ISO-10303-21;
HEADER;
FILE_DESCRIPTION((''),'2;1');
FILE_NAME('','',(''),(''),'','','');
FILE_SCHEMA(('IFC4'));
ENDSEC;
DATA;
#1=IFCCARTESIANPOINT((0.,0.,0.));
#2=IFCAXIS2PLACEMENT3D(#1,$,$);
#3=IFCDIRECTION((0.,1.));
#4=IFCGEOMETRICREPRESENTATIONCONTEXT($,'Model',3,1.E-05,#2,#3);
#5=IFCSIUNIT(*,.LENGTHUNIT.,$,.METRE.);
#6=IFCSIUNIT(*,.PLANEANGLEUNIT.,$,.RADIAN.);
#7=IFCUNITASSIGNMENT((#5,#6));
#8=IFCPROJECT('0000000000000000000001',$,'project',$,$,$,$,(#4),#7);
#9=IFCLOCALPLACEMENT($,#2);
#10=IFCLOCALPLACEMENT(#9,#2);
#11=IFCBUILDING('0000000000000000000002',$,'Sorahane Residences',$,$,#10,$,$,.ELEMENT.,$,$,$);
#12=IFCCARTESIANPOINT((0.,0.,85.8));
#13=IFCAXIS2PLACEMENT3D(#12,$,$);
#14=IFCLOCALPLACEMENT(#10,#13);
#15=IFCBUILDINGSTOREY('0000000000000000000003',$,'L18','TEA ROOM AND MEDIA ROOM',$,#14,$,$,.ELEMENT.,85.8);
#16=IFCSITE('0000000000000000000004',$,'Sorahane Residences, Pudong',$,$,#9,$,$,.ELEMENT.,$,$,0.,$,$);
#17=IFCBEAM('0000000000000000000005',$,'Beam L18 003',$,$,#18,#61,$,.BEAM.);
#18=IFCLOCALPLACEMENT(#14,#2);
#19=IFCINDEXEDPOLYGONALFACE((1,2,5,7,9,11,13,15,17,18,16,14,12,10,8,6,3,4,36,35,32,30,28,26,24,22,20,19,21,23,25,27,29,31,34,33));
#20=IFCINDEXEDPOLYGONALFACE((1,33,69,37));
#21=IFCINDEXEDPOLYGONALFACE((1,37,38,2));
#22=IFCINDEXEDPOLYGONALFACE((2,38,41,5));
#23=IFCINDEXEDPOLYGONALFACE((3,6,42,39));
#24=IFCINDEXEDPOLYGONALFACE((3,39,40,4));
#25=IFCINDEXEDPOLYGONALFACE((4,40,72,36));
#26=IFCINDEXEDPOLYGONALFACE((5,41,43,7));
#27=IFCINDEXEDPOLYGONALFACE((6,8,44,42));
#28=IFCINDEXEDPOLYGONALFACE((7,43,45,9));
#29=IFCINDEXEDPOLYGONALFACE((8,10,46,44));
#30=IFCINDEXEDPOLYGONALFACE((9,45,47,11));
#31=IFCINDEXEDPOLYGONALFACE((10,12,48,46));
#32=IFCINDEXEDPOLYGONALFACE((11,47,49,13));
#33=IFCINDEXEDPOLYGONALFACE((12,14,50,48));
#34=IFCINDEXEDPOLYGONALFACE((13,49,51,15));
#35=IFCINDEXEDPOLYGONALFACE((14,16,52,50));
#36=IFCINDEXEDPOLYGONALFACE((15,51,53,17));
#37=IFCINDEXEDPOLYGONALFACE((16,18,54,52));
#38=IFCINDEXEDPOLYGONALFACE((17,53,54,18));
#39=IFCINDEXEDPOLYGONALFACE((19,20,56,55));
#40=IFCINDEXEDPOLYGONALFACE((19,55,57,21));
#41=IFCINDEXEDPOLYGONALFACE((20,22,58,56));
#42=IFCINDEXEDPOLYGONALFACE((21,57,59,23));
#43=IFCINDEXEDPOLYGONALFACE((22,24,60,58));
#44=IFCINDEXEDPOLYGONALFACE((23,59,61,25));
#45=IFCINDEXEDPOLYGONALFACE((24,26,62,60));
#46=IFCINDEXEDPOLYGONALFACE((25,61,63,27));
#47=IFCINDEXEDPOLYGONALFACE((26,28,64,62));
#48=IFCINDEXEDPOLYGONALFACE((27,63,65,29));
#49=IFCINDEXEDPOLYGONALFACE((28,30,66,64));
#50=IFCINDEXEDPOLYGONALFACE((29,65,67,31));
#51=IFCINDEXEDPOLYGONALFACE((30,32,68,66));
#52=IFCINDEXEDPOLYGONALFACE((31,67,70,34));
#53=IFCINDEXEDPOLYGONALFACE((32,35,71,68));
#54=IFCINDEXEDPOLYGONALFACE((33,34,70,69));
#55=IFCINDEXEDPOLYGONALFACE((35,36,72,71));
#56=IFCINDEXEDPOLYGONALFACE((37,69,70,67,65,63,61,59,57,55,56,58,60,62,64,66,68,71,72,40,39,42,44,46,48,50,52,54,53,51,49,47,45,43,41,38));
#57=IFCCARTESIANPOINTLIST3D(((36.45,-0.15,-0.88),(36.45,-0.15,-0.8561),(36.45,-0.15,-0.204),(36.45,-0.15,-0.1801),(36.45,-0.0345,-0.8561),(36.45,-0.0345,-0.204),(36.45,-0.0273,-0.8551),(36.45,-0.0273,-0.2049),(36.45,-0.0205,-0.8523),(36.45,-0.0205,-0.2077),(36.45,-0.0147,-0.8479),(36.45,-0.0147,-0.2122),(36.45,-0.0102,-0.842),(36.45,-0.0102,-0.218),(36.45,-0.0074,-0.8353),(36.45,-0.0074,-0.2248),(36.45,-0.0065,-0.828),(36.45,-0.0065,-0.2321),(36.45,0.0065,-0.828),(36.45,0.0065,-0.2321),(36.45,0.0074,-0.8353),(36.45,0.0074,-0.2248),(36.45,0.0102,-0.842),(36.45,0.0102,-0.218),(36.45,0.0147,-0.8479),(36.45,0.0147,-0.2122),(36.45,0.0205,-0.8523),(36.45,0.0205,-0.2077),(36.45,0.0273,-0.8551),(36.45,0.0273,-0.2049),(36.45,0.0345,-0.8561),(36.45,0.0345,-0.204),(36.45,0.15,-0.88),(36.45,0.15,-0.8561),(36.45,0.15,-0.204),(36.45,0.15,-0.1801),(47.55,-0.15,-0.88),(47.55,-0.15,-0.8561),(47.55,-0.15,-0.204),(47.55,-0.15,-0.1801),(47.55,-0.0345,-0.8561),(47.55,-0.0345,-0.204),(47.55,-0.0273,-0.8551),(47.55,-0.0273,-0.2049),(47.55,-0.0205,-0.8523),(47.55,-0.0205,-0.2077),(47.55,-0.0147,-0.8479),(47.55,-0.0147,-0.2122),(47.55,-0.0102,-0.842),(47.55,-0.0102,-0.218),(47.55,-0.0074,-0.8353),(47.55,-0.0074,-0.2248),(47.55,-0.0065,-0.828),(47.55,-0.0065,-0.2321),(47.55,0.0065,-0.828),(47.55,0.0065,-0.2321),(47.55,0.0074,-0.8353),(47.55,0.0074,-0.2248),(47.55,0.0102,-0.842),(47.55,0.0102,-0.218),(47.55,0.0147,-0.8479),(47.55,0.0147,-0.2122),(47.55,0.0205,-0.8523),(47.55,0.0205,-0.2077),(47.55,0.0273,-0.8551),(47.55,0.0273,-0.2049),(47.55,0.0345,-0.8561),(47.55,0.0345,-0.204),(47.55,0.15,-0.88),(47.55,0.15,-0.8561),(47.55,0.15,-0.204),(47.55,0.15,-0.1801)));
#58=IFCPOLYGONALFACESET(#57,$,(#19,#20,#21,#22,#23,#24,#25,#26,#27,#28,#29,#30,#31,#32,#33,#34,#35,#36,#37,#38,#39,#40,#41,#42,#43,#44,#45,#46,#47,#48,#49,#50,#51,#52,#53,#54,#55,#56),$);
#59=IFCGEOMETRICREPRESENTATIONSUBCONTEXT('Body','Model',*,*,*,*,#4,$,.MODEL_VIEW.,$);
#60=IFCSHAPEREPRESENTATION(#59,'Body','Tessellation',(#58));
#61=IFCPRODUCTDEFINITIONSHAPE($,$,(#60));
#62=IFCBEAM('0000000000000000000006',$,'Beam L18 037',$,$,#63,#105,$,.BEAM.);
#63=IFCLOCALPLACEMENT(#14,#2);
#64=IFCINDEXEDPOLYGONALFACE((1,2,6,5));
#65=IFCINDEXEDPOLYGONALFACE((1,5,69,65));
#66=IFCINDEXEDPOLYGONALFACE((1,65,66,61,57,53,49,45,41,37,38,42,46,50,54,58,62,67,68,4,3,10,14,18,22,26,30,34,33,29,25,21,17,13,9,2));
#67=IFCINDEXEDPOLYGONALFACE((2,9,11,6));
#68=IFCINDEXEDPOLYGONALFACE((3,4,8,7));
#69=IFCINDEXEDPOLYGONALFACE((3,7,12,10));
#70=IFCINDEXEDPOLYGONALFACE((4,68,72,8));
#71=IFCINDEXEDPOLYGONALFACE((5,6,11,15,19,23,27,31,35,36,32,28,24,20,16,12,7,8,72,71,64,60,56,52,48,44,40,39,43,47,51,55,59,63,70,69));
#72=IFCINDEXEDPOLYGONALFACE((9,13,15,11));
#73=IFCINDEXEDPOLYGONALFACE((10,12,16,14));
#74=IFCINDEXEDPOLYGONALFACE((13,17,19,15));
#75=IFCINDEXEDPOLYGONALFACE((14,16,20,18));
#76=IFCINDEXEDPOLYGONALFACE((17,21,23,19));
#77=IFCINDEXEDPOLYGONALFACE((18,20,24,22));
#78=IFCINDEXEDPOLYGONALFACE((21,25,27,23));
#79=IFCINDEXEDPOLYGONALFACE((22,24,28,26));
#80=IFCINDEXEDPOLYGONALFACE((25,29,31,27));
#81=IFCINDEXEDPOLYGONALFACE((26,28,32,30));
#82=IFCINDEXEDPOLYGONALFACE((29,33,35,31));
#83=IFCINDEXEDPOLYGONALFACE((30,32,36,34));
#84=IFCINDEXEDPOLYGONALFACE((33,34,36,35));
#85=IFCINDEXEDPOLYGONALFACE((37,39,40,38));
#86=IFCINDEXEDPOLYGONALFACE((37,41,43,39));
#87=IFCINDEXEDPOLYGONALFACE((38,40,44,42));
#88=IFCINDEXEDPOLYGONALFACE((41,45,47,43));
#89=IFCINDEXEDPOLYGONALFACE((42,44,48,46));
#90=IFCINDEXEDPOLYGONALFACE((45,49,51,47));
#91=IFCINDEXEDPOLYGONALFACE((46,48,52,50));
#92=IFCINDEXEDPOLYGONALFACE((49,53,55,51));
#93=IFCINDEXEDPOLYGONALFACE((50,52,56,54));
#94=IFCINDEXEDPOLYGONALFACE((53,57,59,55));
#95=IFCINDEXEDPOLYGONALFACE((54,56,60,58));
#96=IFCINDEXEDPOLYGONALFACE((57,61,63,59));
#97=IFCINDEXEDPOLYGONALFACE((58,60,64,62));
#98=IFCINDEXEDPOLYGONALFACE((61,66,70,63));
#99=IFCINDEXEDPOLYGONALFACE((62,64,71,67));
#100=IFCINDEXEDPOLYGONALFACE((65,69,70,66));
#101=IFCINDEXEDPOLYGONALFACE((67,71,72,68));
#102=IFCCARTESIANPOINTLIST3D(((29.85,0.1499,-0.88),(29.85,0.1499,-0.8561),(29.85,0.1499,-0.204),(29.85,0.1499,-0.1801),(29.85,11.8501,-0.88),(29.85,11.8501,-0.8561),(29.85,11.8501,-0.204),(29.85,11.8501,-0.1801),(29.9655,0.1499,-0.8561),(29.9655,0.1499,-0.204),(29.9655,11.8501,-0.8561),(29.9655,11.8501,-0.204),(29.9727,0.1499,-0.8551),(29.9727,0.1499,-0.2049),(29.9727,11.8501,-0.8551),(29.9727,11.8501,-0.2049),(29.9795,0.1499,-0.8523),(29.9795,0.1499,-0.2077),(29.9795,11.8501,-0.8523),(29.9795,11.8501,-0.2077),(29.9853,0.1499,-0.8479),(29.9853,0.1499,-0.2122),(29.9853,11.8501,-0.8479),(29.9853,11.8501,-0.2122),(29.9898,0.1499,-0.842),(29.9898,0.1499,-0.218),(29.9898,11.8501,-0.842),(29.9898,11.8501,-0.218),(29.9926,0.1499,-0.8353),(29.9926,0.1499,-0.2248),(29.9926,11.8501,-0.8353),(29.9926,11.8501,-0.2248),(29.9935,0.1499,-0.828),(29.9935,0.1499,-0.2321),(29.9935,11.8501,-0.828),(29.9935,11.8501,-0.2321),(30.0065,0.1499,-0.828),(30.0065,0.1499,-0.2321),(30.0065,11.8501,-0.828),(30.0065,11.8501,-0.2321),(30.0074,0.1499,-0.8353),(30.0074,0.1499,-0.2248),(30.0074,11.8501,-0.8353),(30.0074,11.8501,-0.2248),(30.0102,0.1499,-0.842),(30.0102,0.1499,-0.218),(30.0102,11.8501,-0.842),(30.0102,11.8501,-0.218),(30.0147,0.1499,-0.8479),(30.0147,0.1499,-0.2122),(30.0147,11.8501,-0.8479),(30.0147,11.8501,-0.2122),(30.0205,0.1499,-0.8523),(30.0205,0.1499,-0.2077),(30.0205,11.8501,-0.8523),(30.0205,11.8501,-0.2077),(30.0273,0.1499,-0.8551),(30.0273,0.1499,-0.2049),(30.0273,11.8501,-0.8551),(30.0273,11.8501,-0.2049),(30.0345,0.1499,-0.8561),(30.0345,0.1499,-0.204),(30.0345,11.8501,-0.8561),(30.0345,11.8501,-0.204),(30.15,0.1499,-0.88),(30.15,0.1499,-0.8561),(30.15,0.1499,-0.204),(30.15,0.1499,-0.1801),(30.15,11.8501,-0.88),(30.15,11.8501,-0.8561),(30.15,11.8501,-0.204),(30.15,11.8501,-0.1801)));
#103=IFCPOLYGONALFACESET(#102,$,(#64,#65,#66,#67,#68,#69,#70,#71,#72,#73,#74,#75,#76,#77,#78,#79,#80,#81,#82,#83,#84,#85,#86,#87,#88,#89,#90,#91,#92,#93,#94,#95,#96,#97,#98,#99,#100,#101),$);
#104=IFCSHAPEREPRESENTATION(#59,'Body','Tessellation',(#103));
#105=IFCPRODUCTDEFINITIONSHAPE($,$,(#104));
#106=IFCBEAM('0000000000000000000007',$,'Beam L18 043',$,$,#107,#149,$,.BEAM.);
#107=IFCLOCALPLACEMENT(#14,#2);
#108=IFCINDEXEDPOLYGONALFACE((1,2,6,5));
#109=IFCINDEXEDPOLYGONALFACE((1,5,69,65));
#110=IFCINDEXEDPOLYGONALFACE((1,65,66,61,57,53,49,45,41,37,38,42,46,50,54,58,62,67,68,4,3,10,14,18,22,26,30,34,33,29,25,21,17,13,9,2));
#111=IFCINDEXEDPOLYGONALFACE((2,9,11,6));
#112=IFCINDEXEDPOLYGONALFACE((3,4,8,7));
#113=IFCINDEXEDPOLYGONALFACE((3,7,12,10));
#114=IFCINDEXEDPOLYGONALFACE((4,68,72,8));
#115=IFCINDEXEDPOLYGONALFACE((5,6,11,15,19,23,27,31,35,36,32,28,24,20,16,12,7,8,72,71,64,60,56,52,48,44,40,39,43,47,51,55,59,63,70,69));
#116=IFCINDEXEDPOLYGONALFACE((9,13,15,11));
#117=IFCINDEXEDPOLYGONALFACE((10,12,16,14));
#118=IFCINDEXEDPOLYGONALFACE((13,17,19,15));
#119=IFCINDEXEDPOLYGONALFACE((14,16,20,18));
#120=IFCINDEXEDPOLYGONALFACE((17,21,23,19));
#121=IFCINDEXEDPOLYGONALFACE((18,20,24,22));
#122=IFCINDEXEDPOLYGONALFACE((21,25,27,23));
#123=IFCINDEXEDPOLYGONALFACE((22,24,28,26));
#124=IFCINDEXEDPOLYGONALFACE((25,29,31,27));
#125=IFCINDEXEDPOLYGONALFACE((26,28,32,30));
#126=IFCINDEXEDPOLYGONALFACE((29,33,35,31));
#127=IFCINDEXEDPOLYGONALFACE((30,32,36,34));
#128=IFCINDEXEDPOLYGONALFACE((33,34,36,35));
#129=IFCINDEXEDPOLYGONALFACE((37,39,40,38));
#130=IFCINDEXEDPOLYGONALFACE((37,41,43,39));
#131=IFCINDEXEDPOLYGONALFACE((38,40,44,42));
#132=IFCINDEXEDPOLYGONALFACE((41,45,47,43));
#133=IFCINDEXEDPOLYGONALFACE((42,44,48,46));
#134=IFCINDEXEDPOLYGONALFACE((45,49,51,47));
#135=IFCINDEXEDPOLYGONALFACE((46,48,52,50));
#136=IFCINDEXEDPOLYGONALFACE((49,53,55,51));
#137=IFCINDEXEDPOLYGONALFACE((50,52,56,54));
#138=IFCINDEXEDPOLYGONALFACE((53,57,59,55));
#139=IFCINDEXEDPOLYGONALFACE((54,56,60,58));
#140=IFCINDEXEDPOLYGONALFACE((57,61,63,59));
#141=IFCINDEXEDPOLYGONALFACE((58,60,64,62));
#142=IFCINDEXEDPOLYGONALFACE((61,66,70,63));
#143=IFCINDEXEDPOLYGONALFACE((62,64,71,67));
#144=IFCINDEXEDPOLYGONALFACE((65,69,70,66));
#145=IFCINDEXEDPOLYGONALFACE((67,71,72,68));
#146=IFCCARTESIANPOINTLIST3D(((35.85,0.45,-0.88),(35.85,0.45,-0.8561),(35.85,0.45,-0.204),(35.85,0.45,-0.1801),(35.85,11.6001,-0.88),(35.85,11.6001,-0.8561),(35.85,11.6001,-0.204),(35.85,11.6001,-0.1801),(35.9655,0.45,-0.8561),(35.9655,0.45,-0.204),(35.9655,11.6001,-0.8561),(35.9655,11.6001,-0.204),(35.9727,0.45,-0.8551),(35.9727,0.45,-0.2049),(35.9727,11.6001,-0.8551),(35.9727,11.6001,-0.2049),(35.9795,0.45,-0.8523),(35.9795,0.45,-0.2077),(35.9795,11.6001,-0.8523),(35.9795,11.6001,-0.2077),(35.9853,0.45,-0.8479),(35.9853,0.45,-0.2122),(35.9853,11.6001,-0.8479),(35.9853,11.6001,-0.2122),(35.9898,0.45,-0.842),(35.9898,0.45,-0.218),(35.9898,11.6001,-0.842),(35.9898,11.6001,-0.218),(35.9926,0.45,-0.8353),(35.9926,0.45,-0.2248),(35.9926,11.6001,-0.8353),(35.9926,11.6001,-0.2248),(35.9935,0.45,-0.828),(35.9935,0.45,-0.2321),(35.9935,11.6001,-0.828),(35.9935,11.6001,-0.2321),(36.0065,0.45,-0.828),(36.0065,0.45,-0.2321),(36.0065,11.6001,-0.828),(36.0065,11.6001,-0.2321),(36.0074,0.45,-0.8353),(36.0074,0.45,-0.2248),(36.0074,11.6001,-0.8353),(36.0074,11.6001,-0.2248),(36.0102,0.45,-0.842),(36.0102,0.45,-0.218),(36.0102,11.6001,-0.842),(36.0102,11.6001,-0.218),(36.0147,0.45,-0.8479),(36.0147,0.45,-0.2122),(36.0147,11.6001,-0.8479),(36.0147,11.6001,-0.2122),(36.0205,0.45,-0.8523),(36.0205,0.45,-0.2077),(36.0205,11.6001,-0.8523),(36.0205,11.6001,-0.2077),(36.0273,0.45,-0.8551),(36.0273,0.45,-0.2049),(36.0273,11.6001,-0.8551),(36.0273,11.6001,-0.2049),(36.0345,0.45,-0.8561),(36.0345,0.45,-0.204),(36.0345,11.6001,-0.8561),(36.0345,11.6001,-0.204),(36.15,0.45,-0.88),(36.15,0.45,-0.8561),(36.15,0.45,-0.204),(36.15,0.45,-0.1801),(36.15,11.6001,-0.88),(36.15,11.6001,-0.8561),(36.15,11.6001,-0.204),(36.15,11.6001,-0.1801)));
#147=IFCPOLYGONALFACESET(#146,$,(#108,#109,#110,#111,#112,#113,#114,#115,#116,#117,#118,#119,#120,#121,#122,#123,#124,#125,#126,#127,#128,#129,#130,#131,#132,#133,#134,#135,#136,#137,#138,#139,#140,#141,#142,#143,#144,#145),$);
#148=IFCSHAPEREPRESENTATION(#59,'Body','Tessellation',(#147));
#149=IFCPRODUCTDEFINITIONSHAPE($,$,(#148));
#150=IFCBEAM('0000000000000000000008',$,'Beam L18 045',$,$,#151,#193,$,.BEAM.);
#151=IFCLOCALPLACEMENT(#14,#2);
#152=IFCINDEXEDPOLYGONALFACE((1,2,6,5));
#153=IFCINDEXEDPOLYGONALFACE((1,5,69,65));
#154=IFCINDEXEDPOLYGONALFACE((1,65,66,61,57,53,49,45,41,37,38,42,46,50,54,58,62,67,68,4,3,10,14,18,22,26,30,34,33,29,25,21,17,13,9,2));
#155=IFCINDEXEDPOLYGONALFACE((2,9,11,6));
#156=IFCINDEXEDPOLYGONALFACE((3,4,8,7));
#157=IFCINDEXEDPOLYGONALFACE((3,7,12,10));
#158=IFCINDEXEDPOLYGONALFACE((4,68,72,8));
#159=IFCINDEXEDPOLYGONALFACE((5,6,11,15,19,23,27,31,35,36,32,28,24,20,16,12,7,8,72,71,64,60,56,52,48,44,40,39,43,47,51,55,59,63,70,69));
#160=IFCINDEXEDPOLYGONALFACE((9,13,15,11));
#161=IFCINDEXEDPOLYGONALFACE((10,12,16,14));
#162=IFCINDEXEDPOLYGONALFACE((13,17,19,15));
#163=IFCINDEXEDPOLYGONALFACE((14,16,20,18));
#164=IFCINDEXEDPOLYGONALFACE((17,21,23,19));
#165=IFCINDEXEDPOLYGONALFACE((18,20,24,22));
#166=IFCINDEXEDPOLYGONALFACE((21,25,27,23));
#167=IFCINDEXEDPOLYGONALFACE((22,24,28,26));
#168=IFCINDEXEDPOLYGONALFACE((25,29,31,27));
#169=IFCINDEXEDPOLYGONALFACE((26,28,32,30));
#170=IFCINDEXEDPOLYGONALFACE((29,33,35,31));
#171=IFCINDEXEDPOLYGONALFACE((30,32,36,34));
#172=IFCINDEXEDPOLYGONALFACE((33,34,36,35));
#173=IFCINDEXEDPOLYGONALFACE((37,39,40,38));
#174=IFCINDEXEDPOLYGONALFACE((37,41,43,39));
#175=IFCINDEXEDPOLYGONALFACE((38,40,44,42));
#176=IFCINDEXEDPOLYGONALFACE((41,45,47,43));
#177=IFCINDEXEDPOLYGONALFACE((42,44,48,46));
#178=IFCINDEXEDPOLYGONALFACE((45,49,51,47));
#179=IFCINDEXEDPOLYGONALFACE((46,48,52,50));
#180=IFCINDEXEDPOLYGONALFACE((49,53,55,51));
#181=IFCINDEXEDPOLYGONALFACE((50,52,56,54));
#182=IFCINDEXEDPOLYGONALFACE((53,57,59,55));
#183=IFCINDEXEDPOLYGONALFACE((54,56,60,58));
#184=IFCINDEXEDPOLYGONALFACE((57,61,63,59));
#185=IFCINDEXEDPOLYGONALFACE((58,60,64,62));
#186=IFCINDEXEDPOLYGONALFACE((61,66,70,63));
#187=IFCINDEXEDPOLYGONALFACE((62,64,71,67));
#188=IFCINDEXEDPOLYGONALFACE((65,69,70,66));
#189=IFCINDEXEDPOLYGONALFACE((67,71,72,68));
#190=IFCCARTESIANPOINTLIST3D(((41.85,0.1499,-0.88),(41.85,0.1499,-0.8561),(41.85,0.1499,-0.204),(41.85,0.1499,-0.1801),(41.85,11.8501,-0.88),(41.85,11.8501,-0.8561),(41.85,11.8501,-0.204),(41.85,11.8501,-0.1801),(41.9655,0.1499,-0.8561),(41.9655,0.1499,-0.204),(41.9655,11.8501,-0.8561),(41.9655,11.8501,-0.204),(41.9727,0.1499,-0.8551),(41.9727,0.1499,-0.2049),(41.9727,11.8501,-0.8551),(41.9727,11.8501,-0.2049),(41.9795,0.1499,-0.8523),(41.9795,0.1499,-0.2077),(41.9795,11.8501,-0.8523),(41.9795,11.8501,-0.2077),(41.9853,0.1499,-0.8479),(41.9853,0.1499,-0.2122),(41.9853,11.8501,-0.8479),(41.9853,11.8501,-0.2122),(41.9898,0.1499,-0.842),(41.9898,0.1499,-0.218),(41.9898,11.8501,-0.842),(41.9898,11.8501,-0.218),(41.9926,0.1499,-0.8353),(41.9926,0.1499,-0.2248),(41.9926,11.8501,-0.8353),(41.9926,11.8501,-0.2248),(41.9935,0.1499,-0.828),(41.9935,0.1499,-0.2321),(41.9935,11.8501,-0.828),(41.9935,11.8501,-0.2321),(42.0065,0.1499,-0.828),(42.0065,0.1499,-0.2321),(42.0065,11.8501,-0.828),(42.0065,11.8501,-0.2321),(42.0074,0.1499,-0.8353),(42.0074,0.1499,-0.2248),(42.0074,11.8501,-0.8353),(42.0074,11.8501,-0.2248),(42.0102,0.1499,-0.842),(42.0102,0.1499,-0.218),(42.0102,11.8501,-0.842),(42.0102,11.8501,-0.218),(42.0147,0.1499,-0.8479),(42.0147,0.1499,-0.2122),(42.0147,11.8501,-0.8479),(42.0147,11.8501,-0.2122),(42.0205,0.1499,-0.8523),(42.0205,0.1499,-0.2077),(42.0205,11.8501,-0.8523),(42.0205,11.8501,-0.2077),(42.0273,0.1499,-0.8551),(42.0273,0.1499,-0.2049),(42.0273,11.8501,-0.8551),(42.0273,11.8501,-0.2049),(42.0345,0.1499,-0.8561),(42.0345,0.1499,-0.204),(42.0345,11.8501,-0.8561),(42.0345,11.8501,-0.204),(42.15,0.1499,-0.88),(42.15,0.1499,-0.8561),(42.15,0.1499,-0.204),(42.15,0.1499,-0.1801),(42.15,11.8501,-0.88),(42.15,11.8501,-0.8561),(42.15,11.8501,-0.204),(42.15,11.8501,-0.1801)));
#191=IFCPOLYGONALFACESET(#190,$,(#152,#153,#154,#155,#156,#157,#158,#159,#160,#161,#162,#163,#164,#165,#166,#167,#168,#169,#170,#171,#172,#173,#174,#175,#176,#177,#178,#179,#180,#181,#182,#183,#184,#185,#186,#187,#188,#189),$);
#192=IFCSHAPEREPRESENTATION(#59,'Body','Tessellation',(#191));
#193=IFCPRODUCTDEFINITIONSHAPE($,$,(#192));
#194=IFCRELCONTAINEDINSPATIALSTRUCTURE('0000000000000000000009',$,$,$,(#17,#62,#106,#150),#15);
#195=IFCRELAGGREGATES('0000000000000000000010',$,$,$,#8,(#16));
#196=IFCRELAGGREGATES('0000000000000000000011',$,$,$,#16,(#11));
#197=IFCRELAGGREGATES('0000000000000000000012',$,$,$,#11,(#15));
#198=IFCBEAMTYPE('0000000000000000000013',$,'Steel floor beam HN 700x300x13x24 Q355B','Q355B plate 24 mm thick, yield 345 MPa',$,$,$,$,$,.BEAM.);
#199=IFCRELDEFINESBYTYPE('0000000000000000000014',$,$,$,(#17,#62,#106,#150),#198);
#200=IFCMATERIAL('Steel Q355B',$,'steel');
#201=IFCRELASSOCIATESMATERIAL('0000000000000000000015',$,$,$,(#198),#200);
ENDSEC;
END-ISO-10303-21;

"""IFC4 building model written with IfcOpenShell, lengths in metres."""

from ifc_helpers import new_model, si_unit, direction, frame, origin, origin_2d, place, context, subcontext, project, spatial, i_section, extrude, material, material_profile, profile_set, type_object, element, save


model = new_model("IFC4")

# Units and contexts
model_context = context("Model", 3, precision=1e-05, world=origin(), true_north=direction((0.0, 1.0)))
body_context = subcontext(model_context, "Body", "Model", "MODEL_VIEW")
ifc_project = project(units=[si_unit("LENGTHUNIT", "METRE"), si_unit("PLANEANGLEUNIT", "RADIAN")], contexts=[model_context])

# Site, building, storey
site_placement = place(None, origin())
site = spatial("IfcSite", under=ifc_project, at=site_placement, Name="Sorahane Residences, Pudong", CompositionType="ELEMENT", RefElevation=0.0)
building_placement = place(site_placement, origin())
building = spatial("IfcBuilding", under=site, at=building_placement, Name="Sorahane Residences", CompositionType="ELEMENT")
storey_placement = place(building_placement, frame((0.0, 0.0, 85.8)))
storey = spatial("IfcBuildingStorey", under=building, at=storey_placement, Name="L18", Description="TEA ROOM AND MEDIA ROOM", CompositionType="ELEMENT", Elevation=85.8)

# Beams
ifc_material_1 = material(Name="Steel Q355B", Category="steel")
ifc_material_profile_1 = material_profile(ifc_material_1, i_section(OverallWidth=0.3, OverallDepth=0.7, WebThickness=0.0129, FlangeThickness=0.0239, FilletRadius=0.0281, at=origin_2d()), Name="HN 700x300x13x24")
ifc_profile_set_1 = profile_set([ifc_material_profile_1], Name="Steel Q355B")
beam_type_1 = type_object("IfcBeamType", Name="Steel floor beam HN 700x300x13x24 Q355B", Description="Q355B plate 24 mm thick, yield 345 MPa", PredefinedType="BEAM", material=ifc_profile_set_1)
beam_1_placement = place(storey_placement, frame((36.45, 0.0, -0.53), z_axis=(1.0, 0.0, 0.0), x_axis=(0.0, 1.0, 0.0)))
element("IfcBeam", 1, at=beam_1_placement, inside=storey, type_object=beam_type_1, Name="Beam L18 003", PredefinedType="BEAM", context=body_context, shape_type="SweptSolid", body=[
    extrude(i_section(OverallWidth=0.3, OverallDepth=0.7, WebThickness=0.0129, FlangeThickness=0.0239, FilletRadius=0.0281, at=origin_2d()), origin(), (0.0, 0.0, 1.0), 11.1001),
])
beam_2_placement = place(storey_placement, frame((30.0, 0.1499, -0.53), z_axis=(0.0, 1.0, 0.0), x_axis=(-1.0, 0.0, 0.0)))
element("IfcBeam", 2, at=beam_2_placement, inside=storey, type_object=beam_type_1, Name="Beam L18 037", PredefinedType="BEAM", context=body_context, shape_type="SweptSolid", body=[
    extrude(i_section(OverallWidth=0.3, OverallDepth=0.7, WebThickness=0.0129, FlangeThickness=0.0239, FilletRadius=0.0281, at=origin_2d()), origin(), (0.0, 0.0, 1.0), 11.7002),
])
beam_3_placement = place(storey_placement, frame((36.0, 0.45, -0.53), z_axis=(0.0, 1.0, 0.0), x_axis=(-1.0, 0.0, 0.0)))
element("IfcBeam", 3, at=beam_3_placement, inside=storey, type_object=beam_type_1, Name="Beam L18 043", PredefinedType="BEAM", context=body_context, shape_type="SweptSolid", body=[
    extrude(i_section(OverallWidth=0.3, OverallDepth=0.7, WebThickness=0.0129, FlangeThickness=0.0239, FilletRadius=0.0281, at=origin_2d()), origin(), (0.0, 0.0, 1.0), 11.1501),
])
beam_4_placement = place(storey_placement, frame((42.0, 0.1499, -0.53), z_axis=(0.0, 1.0, 0.0), x_axis=(-1.0, 0.0, 0.0)))
element("IfcBeam", 4, at=beam_4_placement, inside=storey, type_object=beam_type_1, Name="Beam L18 045", PredefinedType="BEAM", context=body_context, shape_type="SweptSolid", body=[
    extrude(i_section(OverallWidth=0.3, OverallDepth=0.7, WebThickness=0.0129, FlangeThickness=0.0239, FilletRadius=0.0281, at=origin_2d()), origin(), (0.0, 0.0, 1.0), 11.7002),
])

save(model, "model.ifc")
